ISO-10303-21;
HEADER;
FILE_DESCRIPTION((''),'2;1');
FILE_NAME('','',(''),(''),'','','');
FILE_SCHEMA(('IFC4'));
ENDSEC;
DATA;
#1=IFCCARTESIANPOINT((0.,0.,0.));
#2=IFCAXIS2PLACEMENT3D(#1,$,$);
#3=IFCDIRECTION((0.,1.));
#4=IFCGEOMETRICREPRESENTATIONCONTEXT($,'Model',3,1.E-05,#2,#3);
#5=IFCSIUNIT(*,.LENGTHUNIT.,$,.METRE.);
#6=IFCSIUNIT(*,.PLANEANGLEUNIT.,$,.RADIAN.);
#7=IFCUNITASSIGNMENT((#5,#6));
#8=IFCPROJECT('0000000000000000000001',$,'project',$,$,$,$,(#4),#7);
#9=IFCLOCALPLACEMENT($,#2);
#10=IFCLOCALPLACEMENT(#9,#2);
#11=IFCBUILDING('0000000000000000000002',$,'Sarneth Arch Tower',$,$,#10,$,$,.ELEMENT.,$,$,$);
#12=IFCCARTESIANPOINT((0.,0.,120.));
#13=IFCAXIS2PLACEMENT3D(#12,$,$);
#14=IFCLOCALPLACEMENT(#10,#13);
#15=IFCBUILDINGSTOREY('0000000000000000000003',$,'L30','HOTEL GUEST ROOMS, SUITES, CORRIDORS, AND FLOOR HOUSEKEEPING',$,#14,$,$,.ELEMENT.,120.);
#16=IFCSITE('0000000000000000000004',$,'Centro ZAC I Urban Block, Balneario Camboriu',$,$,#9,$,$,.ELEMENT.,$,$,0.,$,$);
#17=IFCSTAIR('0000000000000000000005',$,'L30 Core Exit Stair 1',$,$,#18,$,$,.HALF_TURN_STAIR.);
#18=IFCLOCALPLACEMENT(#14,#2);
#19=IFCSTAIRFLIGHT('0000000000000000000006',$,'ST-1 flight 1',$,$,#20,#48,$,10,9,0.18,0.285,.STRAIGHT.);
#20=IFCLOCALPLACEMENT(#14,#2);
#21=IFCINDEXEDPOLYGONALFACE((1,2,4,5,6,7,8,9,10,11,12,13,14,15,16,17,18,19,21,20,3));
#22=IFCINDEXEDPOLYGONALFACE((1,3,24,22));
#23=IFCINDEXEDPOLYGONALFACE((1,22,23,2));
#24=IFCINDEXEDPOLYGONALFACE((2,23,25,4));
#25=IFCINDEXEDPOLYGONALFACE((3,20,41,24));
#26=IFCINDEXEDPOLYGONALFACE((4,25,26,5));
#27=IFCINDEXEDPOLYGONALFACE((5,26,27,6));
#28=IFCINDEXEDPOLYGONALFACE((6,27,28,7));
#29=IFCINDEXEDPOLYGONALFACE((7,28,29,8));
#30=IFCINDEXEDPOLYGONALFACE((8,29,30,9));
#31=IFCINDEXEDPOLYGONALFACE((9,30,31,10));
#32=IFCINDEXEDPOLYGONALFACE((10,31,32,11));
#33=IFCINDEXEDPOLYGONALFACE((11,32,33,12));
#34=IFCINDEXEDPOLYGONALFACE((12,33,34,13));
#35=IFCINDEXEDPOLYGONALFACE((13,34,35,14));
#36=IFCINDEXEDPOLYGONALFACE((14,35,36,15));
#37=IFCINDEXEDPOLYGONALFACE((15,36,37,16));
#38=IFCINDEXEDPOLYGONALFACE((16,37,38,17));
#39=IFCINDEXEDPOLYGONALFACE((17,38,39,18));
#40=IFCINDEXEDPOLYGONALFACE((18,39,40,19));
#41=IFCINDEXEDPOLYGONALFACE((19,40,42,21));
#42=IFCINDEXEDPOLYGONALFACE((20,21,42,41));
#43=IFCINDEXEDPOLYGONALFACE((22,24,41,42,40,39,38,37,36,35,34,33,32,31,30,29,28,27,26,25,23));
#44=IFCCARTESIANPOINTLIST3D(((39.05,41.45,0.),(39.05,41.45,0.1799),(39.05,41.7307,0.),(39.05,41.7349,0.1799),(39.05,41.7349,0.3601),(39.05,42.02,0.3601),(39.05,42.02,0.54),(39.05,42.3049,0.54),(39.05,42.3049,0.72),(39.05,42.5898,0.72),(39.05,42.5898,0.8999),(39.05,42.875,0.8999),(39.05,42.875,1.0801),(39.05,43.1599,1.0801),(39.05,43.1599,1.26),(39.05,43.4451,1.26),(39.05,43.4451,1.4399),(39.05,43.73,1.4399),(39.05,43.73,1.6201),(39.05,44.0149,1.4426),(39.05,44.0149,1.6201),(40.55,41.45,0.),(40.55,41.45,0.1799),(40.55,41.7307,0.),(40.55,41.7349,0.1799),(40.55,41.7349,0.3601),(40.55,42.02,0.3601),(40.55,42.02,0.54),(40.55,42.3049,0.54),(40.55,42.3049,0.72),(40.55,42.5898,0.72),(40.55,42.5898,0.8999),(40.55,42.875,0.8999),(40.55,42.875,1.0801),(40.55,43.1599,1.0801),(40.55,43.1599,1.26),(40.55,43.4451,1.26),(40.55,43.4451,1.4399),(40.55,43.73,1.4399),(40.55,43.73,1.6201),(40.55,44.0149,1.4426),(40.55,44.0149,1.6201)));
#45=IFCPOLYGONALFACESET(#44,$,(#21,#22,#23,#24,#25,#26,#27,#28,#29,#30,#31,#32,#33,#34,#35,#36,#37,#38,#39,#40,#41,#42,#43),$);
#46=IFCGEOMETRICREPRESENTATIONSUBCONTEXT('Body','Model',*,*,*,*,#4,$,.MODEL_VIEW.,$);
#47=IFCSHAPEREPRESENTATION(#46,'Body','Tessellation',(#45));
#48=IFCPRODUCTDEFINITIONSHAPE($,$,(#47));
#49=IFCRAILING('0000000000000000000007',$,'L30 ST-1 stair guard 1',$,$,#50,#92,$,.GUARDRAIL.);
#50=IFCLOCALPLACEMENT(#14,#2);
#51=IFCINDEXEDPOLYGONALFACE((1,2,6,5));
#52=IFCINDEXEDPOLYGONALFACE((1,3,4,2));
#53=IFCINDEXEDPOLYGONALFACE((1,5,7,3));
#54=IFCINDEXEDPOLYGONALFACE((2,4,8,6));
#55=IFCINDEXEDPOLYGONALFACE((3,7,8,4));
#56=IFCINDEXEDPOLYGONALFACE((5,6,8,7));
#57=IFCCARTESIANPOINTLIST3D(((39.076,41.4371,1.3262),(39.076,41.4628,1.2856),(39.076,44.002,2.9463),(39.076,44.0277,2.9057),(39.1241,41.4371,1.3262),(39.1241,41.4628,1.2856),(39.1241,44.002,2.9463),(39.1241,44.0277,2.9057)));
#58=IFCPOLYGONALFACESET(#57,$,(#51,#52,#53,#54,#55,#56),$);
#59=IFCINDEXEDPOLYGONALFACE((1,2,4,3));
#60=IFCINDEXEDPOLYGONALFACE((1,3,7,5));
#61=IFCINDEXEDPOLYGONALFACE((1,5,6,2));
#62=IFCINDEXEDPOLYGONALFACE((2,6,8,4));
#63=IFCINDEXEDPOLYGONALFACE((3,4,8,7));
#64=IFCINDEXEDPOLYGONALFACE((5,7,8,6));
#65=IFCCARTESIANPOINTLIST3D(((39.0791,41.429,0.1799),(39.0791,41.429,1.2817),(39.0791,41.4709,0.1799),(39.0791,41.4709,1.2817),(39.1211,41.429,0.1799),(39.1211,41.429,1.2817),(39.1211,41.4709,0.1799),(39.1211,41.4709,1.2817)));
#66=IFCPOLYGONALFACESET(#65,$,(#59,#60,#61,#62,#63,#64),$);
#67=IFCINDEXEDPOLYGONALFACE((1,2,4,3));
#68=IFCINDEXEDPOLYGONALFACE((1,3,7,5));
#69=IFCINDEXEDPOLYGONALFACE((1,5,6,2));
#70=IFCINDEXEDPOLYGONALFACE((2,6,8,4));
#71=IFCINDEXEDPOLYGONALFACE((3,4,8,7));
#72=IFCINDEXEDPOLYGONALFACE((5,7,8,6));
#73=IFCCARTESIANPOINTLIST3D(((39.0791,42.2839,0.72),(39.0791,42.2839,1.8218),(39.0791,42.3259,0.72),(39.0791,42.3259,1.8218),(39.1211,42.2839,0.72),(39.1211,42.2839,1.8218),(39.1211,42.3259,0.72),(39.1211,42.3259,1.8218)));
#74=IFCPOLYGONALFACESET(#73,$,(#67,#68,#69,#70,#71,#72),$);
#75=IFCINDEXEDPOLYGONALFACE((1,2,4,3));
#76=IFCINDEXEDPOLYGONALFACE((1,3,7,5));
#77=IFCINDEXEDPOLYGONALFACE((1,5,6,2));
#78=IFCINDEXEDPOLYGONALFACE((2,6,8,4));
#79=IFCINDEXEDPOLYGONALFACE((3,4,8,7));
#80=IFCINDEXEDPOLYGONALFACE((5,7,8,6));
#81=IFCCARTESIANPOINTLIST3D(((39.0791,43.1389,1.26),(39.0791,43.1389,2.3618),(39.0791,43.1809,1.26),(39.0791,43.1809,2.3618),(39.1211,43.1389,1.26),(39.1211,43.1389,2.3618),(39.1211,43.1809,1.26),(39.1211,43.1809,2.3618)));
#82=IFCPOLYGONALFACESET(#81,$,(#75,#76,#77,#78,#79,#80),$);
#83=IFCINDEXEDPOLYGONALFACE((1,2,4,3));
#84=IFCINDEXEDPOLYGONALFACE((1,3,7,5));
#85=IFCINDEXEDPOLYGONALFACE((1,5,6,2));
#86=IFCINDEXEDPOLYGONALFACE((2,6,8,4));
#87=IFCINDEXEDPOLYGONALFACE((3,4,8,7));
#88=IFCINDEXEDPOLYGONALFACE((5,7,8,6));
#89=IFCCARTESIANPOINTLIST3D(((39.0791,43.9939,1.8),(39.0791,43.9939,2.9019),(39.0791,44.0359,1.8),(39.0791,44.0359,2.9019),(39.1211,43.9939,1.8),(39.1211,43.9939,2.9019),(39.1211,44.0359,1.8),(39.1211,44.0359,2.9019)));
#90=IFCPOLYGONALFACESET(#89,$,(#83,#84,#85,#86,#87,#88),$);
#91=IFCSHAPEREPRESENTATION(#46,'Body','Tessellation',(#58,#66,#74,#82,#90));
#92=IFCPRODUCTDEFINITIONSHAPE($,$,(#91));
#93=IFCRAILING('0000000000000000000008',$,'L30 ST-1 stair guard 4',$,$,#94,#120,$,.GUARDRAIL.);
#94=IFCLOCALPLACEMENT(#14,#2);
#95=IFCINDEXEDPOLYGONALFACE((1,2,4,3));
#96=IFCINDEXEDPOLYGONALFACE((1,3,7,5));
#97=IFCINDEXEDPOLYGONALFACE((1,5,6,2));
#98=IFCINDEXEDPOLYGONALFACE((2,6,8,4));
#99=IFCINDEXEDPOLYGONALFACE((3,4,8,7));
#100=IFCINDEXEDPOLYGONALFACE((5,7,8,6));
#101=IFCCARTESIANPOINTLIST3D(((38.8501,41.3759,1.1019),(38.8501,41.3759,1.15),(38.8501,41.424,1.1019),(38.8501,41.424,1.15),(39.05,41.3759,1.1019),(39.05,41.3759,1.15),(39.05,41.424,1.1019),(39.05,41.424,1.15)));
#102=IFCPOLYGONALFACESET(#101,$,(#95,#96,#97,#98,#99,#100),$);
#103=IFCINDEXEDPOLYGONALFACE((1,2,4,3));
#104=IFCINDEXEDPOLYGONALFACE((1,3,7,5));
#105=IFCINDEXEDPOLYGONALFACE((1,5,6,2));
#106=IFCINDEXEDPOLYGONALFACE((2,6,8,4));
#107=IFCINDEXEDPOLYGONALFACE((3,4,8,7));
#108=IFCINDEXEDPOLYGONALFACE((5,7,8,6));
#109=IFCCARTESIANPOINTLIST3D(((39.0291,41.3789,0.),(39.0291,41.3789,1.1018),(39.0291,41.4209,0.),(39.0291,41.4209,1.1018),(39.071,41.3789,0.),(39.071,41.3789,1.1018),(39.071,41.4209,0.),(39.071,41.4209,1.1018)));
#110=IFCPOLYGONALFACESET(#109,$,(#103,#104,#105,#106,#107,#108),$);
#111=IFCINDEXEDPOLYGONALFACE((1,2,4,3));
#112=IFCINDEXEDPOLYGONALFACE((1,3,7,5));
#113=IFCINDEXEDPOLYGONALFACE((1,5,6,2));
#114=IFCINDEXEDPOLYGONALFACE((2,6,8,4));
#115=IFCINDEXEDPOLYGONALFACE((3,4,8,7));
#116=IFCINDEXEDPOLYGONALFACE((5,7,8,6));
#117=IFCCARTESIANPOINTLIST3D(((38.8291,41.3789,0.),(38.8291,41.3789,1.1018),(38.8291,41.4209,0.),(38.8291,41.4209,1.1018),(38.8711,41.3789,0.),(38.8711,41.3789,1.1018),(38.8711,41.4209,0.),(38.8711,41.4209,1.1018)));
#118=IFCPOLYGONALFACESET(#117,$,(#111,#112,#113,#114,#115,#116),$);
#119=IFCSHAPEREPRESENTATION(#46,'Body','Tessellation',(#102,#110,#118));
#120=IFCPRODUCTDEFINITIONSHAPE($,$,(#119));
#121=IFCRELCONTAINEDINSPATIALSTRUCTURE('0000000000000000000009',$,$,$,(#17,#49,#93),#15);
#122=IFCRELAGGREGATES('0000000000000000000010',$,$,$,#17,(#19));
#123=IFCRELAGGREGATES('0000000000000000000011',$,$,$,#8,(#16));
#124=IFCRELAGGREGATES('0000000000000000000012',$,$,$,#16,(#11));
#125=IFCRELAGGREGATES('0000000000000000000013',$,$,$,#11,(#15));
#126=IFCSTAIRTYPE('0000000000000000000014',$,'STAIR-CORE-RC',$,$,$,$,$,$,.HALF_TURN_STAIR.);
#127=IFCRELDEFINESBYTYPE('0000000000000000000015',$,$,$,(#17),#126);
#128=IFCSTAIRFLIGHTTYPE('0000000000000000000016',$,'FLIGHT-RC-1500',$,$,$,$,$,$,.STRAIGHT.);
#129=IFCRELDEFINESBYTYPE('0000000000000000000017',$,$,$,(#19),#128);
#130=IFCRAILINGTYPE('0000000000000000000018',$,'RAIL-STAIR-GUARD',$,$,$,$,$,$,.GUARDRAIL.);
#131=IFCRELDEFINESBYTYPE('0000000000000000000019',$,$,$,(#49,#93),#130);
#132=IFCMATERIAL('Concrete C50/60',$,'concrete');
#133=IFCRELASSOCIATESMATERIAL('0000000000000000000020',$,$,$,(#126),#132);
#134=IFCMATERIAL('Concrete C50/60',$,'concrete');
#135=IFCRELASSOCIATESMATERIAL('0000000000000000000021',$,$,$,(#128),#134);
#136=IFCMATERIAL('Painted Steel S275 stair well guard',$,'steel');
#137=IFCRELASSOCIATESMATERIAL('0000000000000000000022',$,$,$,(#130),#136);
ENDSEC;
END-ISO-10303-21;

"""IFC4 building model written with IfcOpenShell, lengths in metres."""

from ifc_helpers import new_model, si_unit, direction, frame, origin, origin_2d, place, context, subcontext, project, spatial, polyline, rectangle, outline, extrude, material, type_object, element, aggregate, save


model = new_model("IFC4")

# Units and contexts
model_context = context("Model", 3, precision=1e-05, world=origin(), true_north=direction((0.0, 1.0)))
body_context = subcontext(model_context, "Body", "Model", "MODEL_VIEW")
ifc_project = project(units=[si_unit("LENGTHUNIT", "METRE"), si_unit("PLANEANGLEUNIT", "RADIAN")], contexts=[model_context])

# Site, building, storey
site_placement = place(None, origin())
site = spatial("IfcSite", under=ifc_project, at=site_placement, Name="Centro ZAC I Urban Block, Balneario Camboriu", CompositionType="ELEMENT", RefElevation=0.0)
building_placement = place(site_placement, origin())
building = spatial("IfcBuilding", under=site, at=building_placement, Name="Sarneth Arch Tower", CompositionType="ELEMENT")
storey_placement = place(building_placement, frame((0.0, 0.0, 120.0)))
storey = spatial("IfcBuildingStorey", under=building, at=storey_placement, Name="L30", Description="HOTEL GUEST ROOMS, SUITES, CORRIDORS, AND FLOOR HOUSEKEEPING", CompositionType="ELEMENT", Elevation=120.0)

# Stair, stair flight
ifc_material_1 = material(Name="Concrete C50/60", Category="concrete")
stair_type = type_object("IfcStairType", Name="STAIR-CORE-RC", PredefinedType="HALF_TURN_STAIR", material=ifc_material_1)
stair_placement = place(storey_placement, origin())
stair = element("IfcStair", 1, at=stair_placement, inside=storey, type_object=stair_type, Name="L30 Core Exit Stair 1", PredefinedType="HALF_TURN_STAIR")
ifc_material_2 = material(Name="Concrete C50/60", Category="concrete")
stair_flight_type = type_object("IfcStairFlightType", Name="FLIGHT-RC-1500", PredefinedType="STRAIGHT", material=ifc_material_2)
stair_flight_placement = place(storey_placement, frame((39.8, 41.45, 0.0), z_axis=(0.0, 0.0, 1.0), x_axis=(0.0, 1.0, 0.0)))
stair_flight = element("IfcStairFlight", 2, at=stair_flight_placement, type_object=stair_flight_type, Name="ST-1 flight 1", NumberOfRisers=10, NumberOfTreads=9, PredefinedType="STRAIGHT", RiserHeight=0.18, TreadLength=0.285, context=body_context, shape_type="SweptSolid", body=[
    extrude(outline(polyline([(0.0, 0.0), (0.0, 0.1799), (0.2849, 0.1799), (0.2849, 0.3601), (0.5701, 0.3601), (0.5701, 0.54), (0.855, 0.54), (0.855, 0.72), (1.1399, 0.72), (1.1399, 0.8999), (1.425, 0.8999), (1.425, 1.0801), (1.71, 1.0801), (1.71, 1.26), (1.9951, 1.26), (1.9951, 1.4399), (2.28, 1.4399), (2.28, 1.6201), (2.5649, 1.6201), (2.5649, 1.8), (2.5649, 1.4426), (0.2808, 0.0), (0.0, 0.0)])), frame((0.0, 0.75, 0.0), z_axis=(0.0, -1.0, 0.0), x_axis=(1.0, 0.0, 0.0)), (0.0, 0.0, 1.0), 1.5),
])
aggregate(stair, [stair_flight])

# Railings
ifc_material_3 = material(Name="Painted Steel S275 stair well guard", Category="steel")
railing_type = type_object("IfcRailingType", Name="RAIL-STAIR-GUARD", PredefinedType="GUARDRAIL", material=ifc_material_3)
railing_1_placement = place(storey_placement, frame((39.1001, 41.45, 0.1799)))
element("IfcRailing", 3, at=railing_1_placement, inside=storey, type_object=railing_type, Name="L30 ST-1 stair guard 1", PredefinedType="GUARDRAIL", context=body_context, shape_type="SweptSolid", body=[
    extrude(rectangle(XDim=0.0481, YDim=0.0481, at=origin_2d()), frame((0.0, 0.0, 1.126), z_axis=(0.0, 0.845466, 0.534029), x_axis=(-1.0, 0.0, 0.0)), (0.0, 0.0, 1.0), 3.0337),
    extrude(rectangle(XDim=0.042, YDim=0.042, at=origin_2d()), origin(), (0.0, 0.0, 1.0), 1.1018),
    extrude(rectangle(XDim=0.042, YDim=0.042, at=origin_2d()), frame((0.0, 0.855, 0.54)), (0.0, 0.0, 1.0), 1.1018),
    extrude(rectangle(XDim=0.042, YDim=0.042, at=origin_2d()), frame((0.0, 1.71, 1.0801)), (0.0, 0.0, 1.0), 1.1018),
    extrude(rectangle(XDim=0.042, YDim=0.042, at=origin_2d()), frame((0.0, 2.5649, 1.6201)), (0.0, 0.0, 1.0), 1.1018),
])
railing_2_placement = place(storey_placement, frame((39.05, 41.3999, 0.0)))
element("IfcRailing", 4, at=railing_2_placement, inside=storey, type_object=railing_type, Name="L30 ST-1 stair guard 4", PredefinedType="GUARDRAIL", context=body_context, shape_type="SweptSolid", body=[
    extrude(rectangle(XDim=0.0481, YDim=0.0481, at=origin_2d()), frame((0.0, 0.0, 1.126), z_axis=(-1.0, 0.0, 0.0), x_axis=(0.0, -1.0, 0.0)), (0.0, 0.0, 1.0), 0.2),
    extrude(rectangle(XDim=0.042, YDim=0.042, at=origin_2d()), origin(), (0.0, 0.0, 1.0), 1.1018),
    extrude(rectangle(XDim=0.042, YDim=0.042, at=origin_2d()), frame((-0.2, 0.0, 0.0)), (0.0, 0.0, 1.0), 1.1018),
])

save(model, "model.ifc")
